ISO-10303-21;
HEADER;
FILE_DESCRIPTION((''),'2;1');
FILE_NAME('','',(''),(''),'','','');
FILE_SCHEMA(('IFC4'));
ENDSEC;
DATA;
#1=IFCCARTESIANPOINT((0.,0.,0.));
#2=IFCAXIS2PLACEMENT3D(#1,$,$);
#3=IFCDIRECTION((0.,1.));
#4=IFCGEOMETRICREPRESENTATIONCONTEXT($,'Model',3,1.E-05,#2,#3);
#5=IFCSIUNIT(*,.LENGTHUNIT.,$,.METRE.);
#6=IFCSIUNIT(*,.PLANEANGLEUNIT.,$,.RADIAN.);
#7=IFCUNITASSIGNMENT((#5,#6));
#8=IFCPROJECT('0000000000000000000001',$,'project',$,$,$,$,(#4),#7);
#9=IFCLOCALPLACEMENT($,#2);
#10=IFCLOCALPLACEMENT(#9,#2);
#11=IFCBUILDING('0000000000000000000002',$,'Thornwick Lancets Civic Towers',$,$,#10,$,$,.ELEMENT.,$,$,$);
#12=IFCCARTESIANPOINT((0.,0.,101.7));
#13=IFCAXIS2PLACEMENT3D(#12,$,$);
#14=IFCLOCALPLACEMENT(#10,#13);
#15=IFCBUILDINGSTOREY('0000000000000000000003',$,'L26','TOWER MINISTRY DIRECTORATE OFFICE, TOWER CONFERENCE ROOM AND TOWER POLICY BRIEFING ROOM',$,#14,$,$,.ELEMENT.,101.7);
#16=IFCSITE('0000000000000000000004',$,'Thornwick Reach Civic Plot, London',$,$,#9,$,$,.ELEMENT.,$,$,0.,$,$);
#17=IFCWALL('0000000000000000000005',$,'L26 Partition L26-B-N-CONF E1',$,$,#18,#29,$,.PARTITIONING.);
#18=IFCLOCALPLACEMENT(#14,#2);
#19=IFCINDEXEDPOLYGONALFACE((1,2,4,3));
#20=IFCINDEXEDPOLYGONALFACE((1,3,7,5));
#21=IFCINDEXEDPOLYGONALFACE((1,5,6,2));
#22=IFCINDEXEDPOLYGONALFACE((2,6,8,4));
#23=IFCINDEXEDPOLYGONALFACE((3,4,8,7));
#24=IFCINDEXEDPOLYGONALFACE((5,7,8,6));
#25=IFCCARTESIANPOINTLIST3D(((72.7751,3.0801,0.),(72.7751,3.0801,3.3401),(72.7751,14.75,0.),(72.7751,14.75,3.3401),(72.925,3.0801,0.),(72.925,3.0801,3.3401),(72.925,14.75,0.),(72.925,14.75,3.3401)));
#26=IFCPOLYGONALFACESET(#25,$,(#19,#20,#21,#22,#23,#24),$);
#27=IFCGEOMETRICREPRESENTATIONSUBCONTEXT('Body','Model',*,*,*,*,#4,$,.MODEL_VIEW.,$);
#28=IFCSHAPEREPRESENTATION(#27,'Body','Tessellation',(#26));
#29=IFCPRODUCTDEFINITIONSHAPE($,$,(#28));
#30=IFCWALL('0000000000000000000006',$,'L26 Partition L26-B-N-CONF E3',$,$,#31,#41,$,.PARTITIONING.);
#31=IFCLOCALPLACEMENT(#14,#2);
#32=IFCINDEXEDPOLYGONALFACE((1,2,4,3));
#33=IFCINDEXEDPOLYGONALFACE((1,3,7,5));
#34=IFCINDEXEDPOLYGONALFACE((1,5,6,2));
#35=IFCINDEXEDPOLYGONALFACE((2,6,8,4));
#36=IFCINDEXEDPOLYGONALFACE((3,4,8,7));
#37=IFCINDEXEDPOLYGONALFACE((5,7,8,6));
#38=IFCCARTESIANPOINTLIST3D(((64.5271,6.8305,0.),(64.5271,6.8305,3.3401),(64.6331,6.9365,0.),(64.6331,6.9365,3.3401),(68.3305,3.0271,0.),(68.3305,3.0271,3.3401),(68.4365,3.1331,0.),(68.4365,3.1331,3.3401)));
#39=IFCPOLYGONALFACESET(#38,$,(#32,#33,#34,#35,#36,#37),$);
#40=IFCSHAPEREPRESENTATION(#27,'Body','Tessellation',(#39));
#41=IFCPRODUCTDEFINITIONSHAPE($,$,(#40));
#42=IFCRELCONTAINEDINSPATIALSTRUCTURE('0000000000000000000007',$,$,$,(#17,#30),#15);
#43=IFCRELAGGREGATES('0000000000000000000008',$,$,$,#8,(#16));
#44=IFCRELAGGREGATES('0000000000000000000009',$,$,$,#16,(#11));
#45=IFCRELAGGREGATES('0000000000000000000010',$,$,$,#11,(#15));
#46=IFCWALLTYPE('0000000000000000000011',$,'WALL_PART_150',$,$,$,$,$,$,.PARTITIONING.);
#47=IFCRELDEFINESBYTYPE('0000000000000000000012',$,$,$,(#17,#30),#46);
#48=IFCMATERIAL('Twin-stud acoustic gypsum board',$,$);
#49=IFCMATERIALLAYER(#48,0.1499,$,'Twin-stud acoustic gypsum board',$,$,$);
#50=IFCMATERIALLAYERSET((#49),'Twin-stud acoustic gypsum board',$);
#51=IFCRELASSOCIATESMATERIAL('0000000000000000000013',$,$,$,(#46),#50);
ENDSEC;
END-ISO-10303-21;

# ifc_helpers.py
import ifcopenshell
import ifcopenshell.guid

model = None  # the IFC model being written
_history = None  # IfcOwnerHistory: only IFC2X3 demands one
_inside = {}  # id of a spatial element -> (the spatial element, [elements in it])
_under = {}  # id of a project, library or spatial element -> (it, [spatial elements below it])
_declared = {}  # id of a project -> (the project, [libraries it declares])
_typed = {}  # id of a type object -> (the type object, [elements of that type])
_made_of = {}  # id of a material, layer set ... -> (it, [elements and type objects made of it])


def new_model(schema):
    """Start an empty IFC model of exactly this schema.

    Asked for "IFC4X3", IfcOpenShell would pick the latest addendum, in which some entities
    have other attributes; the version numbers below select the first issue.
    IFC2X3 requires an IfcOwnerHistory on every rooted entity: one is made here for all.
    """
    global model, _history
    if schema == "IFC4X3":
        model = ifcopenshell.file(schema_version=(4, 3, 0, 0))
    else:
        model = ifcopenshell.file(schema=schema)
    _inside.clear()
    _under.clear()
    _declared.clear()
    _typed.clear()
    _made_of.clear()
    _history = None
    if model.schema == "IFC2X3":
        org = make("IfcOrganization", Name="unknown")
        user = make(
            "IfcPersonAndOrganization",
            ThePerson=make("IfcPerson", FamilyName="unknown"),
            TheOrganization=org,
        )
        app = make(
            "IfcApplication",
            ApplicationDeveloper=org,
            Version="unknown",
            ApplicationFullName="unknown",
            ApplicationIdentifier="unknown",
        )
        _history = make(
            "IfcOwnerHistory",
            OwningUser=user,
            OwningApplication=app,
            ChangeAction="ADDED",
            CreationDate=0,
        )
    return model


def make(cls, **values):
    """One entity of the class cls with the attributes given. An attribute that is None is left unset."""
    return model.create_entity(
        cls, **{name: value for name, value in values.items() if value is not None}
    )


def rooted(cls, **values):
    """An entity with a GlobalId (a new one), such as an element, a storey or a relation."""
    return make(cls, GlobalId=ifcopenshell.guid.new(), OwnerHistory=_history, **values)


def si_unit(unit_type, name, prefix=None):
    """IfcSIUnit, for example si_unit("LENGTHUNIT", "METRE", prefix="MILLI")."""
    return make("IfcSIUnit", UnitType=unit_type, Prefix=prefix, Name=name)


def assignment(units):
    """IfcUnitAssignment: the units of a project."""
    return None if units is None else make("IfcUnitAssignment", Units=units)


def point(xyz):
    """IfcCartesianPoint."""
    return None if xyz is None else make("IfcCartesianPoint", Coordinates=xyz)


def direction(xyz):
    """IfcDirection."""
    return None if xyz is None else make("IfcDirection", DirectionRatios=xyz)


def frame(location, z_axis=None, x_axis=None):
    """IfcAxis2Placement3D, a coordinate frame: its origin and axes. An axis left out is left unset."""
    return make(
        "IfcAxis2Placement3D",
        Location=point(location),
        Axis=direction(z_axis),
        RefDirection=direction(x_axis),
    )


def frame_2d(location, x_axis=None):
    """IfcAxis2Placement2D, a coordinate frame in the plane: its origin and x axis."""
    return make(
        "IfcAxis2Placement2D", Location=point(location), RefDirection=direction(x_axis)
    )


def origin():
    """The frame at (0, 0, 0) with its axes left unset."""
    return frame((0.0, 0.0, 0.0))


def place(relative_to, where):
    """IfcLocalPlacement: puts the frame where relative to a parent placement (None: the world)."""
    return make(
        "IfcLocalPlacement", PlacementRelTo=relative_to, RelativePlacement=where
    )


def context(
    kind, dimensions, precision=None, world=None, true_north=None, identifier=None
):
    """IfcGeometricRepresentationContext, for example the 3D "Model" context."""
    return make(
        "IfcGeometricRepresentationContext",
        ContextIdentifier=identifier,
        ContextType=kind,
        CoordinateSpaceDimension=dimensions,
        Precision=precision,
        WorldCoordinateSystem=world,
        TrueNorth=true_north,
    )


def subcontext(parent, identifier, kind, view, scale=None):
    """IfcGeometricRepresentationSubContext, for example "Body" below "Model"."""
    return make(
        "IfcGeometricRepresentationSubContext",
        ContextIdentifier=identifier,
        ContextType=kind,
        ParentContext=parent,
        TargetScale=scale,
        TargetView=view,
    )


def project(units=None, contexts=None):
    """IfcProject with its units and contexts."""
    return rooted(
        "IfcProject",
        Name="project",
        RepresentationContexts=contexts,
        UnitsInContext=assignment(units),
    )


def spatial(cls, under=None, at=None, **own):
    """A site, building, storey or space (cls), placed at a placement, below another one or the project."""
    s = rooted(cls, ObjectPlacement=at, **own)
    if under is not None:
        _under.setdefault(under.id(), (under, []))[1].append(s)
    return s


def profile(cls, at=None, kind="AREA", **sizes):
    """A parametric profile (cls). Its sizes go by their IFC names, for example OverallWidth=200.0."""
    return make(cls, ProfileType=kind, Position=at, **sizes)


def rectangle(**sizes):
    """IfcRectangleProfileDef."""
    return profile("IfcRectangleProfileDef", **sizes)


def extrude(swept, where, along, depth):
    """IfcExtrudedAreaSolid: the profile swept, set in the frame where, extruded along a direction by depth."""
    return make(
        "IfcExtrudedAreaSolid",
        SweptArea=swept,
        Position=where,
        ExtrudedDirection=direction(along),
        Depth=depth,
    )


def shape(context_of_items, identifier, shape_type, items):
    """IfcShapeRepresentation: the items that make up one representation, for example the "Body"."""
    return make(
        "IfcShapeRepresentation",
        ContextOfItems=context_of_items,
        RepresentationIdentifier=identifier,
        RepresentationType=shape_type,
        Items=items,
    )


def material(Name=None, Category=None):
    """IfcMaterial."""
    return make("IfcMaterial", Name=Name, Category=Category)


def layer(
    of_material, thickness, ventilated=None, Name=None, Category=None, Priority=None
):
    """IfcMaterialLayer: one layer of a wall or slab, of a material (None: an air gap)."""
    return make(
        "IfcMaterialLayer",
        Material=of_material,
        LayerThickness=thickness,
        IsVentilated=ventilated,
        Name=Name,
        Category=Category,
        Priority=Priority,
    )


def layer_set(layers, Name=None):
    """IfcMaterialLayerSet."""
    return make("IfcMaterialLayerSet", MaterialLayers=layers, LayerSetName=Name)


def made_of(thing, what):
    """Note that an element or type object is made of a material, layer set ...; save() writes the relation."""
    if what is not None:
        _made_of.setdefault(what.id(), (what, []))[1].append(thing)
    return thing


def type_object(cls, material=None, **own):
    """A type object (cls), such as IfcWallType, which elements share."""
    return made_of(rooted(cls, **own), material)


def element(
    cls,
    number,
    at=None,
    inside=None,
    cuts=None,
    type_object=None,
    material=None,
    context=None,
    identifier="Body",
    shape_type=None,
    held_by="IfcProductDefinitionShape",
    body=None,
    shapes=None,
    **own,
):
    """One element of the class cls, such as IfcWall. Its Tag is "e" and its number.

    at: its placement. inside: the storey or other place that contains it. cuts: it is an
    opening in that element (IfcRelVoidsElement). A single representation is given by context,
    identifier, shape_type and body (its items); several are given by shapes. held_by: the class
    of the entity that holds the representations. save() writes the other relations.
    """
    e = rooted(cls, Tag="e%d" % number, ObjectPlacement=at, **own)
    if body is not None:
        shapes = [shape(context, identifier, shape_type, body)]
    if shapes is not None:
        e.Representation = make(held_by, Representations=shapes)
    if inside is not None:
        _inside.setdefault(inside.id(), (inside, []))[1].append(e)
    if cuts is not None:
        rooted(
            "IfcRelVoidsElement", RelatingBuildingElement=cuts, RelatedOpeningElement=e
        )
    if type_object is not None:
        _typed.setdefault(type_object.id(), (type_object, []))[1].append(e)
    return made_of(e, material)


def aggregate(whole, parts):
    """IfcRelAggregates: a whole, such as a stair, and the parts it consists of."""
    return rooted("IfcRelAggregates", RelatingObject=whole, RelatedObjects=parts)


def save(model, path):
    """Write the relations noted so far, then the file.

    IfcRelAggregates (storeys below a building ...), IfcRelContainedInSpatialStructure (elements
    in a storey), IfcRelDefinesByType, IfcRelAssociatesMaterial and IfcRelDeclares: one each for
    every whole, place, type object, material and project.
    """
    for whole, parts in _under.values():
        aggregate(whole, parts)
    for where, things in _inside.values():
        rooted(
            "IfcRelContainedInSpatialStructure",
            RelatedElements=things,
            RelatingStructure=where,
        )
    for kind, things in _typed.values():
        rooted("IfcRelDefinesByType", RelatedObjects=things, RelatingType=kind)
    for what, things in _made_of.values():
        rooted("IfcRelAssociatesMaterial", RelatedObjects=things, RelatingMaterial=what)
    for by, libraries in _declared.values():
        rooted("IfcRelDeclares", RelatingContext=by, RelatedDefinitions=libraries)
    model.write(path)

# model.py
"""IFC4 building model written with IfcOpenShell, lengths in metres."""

from ifc_helpers import new_model, si_unit, direction, frame, frame_2d, origin, place, context, subcontext, project, spatial, rectangle, extrude, material, layer, layer_set, type_object, element, save


model = new_model("IFC4")

# Units and contexts
model_context = context("Model", 3, precision=1e-05, world=origin(), true_north=direction((0.0, 1.0)))
body_context = subcontext(model_context, "Body", "Model", "MODEL_VIEW")
ifc_project = project(units=[si_unit("LENGTHUNIT", "METRE"), si_unit("PLANEANGLEUNIT", "RADIAN")], contexts=[model_context])

# Site, building, storey
site_placement = place(None, origin())
site = spatial("IfcSite", under=ifc_project, at=site_placement, Name="Thornwick Reach Civic Plot, London", CompositionType="ELEMENT", RefElevation=0.0)
building_placement = place(site_placement, origin())
building = spatial("IfcBuilding", under=site, at=building_placement, Name="Thornwick Lancets Civic Towers", CompositionType="ELEMENT")
storey_placement = place(building_placement, frame((0.0, 0.0, 101.7)))
storey = spatial("IfcBuildingStorey", under=building, at=storey_placement, Name="L26", Description="TOWER MINISTRY DIRECTORATE OFFICE, TOWER CONFERENCE ROOM AND TOWER POLICY BRIEFING ROOM", CompositionType="ELEMENT", Elevation=101.7)

# Walls
ifc_material_1 = material(Name="Twin-stud acoustic gypsum board")
ifc_layer_1 = layer(ifc_material_1, 0.1499, Name="Twin-stud acoustic gypsum board")
ifc_layer_set_1 = layer_set([ifc_layer_1], Name="Twin-stud acoustic gypsum board")
wall_type_1 = type_object("IfcWallType", Name="WALL_PART_150", PredefinedType="PARTITIONING", material=ifc_layer_set_1)
wall_1_placement = place(storey_placement, frame((72.8501, 14.75, 0.0), z_axis=(0.0, 0.0, 1.0), x_axis=(0.0, -1.0, 0.0)))
element("IfcWall", 1, at=wall_1_placement, inside=storey, type_object=wall_type_1, Name="L26 Partition L26-B-N-CONF E1", PredefinedType="PARTITIONING", context=body_context, shape_type="SweptSolid", body=[
    extrude(rectangle(XDim=11.6699, YDim=0.1499, at=frame_2d((5.835, 0.0))), origin(), (0.0, 0.0, 1.0), 3.3401),
])
wall_2_placement = place(storey_placement, frame((68.3835, 3.0801, 0.0), z_axis=(0.0, 0.0, 1.0), x_axis=(-0.707107, 0.707107, 0.0)))
element("IfcWall", 2, at=wall_2_placement, inside=storey, type_object=wall_type_1, Name="L26 Partition L26-B-N-CONF E3", PredefinedType="PARTITIONING", context=body_context, shape_type="SweptSolid", body=[
    extrude(rectangle(XDim=5.3789, YDim=0.1499, at=frame_2d((2.6895, 0.0))), origin(), (0.0, 0.0, 1.0), 3.3401),
])

save(model, "model.ifc")
